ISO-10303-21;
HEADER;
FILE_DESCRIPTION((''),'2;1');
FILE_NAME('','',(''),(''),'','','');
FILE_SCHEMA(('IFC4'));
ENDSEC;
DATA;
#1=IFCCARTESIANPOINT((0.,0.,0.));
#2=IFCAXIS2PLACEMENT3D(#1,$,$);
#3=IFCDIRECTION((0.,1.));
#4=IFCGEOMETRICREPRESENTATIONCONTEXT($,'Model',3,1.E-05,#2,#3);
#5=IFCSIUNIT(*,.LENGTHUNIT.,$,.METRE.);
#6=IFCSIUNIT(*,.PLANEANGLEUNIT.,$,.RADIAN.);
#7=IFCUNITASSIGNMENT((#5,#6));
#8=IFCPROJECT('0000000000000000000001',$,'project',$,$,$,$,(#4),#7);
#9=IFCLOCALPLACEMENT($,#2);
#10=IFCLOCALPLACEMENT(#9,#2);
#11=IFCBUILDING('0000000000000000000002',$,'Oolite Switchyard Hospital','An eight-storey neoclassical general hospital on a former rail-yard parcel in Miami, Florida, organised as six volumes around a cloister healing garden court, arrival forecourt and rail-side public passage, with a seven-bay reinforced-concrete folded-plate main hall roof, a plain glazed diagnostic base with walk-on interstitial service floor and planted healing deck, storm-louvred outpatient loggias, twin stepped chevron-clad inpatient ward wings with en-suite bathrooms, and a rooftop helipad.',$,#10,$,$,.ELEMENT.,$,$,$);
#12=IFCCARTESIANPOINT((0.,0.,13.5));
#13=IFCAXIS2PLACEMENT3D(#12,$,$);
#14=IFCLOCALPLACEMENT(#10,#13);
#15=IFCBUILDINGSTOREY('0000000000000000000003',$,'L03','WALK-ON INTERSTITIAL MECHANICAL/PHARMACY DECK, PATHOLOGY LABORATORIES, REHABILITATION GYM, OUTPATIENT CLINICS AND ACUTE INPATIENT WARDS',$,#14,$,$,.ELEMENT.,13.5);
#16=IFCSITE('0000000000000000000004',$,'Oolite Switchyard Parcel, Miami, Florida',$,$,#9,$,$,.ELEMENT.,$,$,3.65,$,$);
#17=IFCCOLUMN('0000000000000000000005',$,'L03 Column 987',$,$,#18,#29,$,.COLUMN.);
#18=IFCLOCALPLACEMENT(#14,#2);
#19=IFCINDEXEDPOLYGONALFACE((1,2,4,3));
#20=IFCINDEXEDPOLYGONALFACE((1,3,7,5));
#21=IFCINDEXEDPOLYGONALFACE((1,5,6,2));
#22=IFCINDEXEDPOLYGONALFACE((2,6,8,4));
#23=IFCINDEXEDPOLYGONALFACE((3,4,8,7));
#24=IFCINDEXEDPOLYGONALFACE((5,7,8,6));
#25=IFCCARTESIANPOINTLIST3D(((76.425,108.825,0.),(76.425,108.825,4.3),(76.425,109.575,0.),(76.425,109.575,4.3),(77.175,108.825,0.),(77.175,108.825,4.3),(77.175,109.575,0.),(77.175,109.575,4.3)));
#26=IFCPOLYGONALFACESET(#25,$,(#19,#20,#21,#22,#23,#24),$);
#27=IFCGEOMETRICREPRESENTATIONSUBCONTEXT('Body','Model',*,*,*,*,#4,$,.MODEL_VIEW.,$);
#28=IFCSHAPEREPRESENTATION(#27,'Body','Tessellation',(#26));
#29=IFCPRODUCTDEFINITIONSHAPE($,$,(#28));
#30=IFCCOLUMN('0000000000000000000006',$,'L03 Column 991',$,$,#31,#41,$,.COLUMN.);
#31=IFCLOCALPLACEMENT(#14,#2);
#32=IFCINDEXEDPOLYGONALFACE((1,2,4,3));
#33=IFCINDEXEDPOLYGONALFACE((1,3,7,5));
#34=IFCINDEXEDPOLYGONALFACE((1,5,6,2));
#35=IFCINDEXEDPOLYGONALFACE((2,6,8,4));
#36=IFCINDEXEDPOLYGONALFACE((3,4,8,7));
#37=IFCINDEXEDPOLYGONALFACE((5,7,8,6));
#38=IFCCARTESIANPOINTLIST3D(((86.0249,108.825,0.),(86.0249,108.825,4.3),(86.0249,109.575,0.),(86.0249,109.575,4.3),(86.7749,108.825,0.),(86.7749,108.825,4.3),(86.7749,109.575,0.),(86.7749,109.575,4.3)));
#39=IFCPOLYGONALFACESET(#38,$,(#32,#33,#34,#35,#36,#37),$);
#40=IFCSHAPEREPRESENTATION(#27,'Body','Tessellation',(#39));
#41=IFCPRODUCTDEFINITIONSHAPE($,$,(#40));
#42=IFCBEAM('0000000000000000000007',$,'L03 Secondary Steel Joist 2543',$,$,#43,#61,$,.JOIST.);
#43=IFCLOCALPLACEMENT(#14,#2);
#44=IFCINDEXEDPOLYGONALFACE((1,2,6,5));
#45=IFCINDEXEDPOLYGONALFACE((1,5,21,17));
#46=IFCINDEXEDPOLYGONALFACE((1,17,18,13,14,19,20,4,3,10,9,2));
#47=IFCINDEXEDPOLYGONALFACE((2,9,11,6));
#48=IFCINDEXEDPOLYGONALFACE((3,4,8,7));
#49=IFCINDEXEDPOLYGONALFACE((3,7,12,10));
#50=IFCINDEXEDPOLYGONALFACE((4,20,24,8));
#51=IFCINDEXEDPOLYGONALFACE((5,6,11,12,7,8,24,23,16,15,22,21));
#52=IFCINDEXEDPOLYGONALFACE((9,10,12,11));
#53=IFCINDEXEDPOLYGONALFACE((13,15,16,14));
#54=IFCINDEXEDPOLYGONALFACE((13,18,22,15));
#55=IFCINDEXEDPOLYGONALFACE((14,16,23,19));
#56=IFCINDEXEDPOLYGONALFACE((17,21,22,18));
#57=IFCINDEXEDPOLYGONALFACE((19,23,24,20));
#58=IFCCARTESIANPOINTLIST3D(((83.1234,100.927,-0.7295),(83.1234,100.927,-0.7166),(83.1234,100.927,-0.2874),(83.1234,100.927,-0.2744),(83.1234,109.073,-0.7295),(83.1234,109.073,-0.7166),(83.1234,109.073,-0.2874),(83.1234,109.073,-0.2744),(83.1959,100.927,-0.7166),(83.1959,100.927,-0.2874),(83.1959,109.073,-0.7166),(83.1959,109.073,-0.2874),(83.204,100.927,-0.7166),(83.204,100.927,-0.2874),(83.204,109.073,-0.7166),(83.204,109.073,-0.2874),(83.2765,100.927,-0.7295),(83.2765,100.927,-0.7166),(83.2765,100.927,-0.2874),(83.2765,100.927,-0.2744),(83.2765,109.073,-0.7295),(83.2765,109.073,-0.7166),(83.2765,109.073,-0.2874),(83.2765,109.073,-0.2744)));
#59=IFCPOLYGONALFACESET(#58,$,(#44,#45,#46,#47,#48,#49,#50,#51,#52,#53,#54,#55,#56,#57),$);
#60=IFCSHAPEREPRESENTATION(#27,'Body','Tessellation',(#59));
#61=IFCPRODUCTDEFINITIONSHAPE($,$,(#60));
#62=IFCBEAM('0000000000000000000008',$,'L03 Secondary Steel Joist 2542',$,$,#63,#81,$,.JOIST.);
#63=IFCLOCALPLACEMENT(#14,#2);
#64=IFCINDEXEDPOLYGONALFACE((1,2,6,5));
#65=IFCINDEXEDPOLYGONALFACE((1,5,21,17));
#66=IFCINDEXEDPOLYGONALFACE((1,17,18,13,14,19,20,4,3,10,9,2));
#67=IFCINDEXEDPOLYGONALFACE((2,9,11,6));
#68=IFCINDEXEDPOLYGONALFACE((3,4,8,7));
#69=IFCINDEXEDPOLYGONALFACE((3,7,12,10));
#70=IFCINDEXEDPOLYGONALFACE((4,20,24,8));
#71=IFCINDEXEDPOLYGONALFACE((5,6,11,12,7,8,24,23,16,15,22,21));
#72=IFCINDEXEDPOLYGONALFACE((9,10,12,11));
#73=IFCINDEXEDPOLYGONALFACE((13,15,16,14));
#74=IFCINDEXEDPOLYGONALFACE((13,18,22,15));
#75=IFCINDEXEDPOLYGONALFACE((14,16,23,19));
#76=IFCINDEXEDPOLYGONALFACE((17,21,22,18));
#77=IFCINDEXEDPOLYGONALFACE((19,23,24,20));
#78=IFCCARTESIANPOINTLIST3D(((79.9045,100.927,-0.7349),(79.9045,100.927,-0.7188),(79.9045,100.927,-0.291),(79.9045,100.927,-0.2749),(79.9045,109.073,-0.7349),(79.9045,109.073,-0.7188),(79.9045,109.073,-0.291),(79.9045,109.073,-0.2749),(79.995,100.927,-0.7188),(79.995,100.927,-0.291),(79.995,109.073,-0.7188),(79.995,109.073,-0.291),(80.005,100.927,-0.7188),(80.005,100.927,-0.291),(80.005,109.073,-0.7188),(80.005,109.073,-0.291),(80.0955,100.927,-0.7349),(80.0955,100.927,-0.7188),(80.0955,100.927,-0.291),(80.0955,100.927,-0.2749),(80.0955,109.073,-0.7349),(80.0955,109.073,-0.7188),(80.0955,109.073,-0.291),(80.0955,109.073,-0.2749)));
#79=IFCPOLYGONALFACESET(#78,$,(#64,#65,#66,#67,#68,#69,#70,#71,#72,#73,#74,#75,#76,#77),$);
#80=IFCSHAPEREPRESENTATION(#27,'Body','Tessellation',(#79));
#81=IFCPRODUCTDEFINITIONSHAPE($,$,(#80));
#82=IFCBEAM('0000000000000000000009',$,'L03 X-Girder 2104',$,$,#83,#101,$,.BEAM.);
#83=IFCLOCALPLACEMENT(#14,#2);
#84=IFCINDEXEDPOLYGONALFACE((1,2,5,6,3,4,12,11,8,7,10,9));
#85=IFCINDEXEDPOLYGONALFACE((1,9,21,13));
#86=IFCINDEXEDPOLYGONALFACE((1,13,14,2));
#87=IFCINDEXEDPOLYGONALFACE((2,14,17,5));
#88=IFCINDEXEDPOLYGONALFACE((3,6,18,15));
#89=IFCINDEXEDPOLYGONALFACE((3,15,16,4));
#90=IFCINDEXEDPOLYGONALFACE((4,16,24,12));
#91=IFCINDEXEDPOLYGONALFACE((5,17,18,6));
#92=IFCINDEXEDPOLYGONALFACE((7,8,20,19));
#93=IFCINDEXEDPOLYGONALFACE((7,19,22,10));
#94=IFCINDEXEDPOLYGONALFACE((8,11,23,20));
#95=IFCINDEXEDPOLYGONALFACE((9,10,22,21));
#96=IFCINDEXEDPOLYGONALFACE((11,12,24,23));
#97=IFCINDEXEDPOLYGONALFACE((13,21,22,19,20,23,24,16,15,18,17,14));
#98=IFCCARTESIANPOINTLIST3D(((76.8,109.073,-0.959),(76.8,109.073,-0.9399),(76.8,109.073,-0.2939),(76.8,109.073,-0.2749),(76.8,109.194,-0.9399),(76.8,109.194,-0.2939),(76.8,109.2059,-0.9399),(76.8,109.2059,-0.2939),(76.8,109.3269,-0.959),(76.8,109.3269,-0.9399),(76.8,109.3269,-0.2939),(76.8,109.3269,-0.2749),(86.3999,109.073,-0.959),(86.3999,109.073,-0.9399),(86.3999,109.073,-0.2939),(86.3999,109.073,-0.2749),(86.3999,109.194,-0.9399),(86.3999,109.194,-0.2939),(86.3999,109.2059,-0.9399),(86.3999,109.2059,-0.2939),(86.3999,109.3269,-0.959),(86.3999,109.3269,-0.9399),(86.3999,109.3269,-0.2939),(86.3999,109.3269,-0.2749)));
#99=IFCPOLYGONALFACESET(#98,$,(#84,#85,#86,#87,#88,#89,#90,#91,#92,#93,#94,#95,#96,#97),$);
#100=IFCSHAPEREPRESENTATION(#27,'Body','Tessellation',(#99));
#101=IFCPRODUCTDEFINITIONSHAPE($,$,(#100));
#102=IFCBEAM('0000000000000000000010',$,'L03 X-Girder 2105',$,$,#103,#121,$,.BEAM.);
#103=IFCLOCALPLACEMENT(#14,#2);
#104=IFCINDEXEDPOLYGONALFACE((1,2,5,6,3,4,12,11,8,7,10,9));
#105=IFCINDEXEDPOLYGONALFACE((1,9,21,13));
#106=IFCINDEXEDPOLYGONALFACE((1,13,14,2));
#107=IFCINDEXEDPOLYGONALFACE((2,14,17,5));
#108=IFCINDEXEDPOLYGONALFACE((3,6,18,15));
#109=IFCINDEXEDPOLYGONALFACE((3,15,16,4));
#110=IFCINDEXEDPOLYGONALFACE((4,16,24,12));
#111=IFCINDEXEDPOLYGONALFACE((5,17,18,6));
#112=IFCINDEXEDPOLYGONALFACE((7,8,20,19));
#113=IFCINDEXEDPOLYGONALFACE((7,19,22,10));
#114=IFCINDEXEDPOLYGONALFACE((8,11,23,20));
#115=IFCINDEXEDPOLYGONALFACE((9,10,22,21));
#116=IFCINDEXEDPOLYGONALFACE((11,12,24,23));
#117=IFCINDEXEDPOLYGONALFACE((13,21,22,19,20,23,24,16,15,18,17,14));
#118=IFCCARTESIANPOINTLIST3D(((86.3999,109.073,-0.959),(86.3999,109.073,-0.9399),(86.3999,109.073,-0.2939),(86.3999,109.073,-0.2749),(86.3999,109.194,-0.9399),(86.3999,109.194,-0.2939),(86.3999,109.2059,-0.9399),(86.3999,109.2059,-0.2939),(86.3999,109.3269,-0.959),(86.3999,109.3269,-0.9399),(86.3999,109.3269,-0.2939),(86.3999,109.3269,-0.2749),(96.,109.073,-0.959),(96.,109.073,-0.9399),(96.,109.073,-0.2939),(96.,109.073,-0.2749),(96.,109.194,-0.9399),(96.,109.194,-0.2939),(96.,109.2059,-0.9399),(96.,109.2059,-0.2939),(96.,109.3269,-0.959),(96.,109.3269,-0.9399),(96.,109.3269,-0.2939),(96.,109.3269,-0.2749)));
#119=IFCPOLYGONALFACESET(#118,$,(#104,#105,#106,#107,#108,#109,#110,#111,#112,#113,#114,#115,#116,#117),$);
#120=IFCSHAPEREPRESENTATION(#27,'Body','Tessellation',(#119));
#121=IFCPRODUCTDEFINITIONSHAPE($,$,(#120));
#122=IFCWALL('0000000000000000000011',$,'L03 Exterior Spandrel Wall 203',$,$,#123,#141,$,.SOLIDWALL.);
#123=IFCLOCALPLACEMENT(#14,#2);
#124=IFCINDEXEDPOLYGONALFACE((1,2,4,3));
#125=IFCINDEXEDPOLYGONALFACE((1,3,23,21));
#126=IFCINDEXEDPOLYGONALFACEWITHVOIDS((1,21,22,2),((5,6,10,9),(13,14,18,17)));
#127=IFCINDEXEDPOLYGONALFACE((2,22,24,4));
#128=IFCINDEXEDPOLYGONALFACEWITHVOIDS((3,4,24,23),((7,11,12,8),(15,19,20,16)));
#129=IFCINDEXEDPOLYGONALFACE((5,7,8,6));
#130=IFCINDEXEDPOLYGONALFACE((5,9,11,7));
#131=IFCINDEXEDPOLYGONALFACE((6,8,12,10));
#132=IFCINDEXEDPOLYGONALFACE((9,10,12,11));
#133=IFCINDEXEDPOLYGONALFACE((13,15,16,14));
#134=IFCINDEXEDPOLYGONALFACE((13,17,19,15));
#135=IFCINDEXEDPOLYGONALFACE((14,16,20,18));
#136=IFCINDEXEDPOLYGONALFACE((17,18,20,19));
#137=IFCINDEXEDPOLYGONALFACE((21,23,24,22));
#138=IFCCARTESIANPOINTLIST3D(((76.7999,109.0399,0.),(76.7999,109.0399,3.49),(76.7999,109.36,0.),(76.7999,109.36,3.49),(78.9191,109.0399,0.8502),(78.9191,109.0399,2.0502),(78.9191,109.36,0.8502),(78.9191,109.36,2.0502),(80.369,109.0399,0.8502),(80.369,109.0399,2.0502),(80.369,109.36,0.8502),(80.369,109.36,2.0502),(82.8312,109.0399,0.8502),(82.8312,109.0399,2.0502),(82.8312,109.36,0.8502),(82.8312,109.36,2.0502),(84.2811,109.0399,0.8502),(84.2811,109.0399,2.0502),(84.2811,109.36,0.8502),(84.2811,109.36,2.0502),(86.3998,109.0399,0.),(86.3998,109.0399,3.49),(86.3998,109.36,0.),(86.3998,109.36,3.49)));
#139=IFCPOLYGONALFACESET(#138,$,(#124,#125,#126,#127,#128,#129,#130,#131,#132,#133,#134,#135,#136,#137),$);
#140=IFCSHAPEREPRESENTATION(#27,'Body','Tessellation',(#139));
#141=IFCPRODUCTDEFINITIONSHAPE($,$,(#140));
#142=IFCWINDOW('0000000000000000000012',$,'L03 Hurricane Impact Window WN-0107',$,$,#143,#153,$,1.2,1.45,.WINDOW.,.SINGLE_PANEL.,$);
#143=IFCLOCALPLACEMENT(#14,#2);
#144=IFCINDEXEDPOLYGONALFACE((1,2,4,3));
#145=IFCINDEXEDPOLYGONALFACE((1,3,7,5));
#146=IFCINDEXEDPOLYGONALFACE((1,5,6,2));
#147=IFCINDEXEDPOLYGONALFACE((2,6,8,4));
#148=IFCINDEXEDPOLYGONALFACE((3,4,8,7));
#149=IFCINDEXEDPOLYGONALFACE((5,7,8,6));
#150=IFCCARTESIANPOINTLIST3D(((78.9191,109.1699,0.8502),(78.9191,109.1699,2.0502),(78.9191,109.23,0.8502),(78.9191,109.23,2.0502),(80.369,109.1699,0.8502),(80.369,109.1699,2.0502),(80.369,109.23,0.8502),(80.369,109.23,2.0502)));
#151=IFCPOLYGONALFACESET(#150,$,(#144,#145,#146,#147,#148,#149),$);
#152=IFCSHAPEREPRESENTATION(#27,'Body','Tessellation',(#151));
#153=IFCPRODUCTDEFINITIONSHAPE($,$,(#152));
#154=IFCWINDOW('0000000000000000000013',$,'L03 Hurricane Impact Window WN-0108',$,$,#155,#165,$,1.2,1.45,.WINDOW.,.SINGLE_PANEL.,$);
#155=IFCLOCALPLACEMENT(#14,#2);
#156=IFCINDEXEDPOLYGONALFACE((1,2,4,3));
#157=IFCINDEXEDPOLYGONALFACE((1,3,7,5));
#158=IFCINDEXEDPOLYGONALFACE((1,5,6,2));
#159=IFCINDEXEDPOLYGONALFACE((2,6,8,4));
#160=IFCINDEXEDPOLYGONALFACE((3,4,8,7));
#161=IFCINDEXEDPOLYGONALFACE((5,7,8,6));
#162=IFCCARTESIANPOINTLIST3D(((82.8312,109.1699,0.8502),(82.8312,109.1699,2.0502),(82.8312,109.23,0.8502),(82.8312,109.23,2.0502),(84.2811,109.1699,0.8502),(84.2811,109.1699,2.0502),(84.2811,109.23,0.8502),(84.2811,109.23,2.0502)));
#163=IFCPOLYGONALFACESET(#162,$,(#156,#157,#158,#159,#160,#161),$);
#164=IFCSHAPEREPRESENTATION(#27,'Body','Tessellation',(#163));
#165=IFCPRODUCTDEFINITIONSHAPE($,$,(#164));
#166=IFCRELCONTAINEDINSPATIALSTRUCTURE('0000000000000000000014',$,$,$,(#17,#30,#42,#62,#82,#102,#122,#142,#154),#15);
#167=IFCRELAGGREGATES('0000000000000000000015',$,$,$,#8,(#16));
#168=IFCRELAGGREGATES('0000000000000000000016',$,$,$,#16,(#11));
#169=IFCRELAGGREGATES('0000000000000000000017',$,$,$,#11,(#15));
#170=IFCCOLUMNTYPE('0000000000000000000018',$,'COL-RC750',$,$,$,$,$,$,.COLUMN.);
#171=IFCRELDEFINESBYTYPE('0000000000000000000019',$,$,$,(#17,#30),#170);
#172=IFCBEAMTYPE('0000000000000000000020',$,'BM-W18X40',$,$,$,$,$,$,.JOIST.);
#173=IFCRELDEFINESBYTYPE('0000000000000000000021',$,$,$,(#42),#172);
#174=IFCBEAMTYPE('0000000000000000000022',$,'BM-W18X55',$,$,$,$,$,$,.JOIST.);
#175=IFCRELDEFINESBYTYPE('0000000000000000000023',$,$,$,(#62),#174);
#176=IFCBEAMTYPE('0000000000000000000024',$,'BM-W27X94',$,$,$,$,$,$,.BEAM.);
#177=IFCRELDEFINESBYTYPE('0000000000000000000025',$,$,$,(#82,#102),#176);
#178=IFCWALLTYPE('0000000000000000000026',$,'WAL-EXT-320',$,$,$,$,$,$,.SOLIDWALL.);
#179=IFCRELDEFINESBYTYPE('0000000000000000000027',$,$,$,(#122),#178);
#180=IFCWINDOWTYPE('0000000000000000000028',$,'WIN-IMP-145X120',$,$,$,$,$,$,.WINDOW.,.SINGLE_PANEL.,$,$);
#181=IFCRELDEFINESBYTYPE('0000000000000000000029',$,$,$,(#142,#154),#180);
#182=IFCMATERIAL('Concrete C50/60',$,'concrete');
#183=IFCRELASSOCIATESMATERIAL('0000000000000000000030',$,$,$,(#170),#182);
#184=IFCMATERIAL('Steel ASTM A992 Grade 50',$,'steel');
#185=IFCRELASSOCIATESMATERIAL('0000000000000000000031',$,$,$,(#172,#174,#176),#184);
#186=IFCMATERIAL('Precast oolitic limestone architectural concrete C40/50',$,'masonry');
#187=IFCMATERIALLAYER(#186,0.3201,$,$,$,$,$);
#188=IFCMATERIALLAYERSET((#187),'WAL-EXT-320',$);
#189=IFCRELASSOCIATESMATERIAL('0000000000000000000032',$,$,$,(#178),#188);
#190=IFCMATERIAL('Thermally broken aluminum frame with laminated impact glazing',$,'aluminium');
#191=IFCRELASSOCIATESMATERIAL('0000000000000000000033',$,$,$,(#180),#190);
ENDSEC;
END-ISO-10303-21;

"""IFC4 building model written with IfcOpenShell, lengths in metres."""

from ifc_helpers import new_model, si_unit, direction, frame, frame_2d, origin, origin_2d, place, context, subcontext, project, spatial, rectangle, i_section, extrude, material, layer, layer_set, material_profile, profile_set, type_object, element, fill, save


model = new_model("IFC4")

# Units and contexts
model_context = context("Model", 3, precision=1e-05, world=origin(), true_north=direction((0.0, 1.0)))
body_context = subcontext(model_context, "Body", "Model", "MODEL_VIEW")
ifc_project = project(units=[si_unit("LENGTHUNIT", "METRE"), si_unit("PLANEANGLEUNIT", "RADIAN")], contexts=[model_context])

# Site, building, storey
site_placement = place(None, origin())
site = spatial("IfcSite", under=ifc_project, at=site_placement, Name="Oolite Switchyard Parcel, Miami, Florida", CompositionType="ELEMENT", RefElevation=3.65)
building_placement = place(site_placement, origin())
building = spatial("IfcBuilding", under=site, at=building_placement, Name="Oolite Switchyard Hospital", Description="An eight-storey neoclassical general hospital on a former rail-yard parcel in Miami, Florida, organised as six volumes around a cloister healing garden court, arrival forecourt and rail-side public passage, with a seven-bay reinforced-concrete folded-plate main hall roof, a plain glazed diagnostic base with walk-on interstitial service floor and planted healing deck, storm-louvred outpatient loggias, twin stepped chevron-clad inpatient ward wings with en-suite bathrooms, and a rooftop helipad.", CompositionType="ELEMENT")
storey_placement = place(building_placement, frame((0.0, 0.0, 13.5)))
storey = spatial("IfcBuildingStorey", under=building, at=storey_placement, Name="L03", Description="WALK-ON INTERSTITIAL MECHANICAL/PHARMACY DECK, PATHOLOGY LABORATORIES, REHABILITATION GYM, OUTPATIENT CLINICS AND ACUTE INPATIENT WARDS", CompositionType="ELEMENT", Elevation=13.5)

# Columns
ifc_material_1 = material(Name="Concrete C50/60", Category="concrete")
ifc_material_profile_1 = material_profile(ifc_material_1, rectangle(XDim=0.75, YDim=0.75, at=origin_2d()), Name="RC750X750")
ifc_profile_set_1 = profile_set([ifc_material_profile_1], Name="Concrete C50/60")
column_type = type_object("IfcColumnType", Name="COL-RC750", PredefinedType="COLUMN", material=ifc_profile_set_1)
for number, where, z_axis, x_axis, name in (
    (1, (76.8, 109.2, 0.0), (0.0, 0.0, 1.0), (1.0, 0.0, 0.0), "L03 Column 987"),
    (2, (86.3999, 109.2, 0.0), (0.0, 0.0, 1.0), (1.0, 0.0, 0.0), "L03 Column 991"),
):
    element("IfcColumn", number, at=place(storey_placement, frame(where, z_axis=z_axis, x_axis=x_axis)), inside=storey, type_object=column_type, Name=name, PredefinedType="COLUMN", context=body_context, shape_type="SweptSolid", body=[
        extrude(rectangle(XDim=0.75, YDim=0.75, at=origin_2d()), origin(), (0.0, 0.0, 1.0), 4.3),
    ])

# Beams
ifc_material_2 = material(Name="Steel ASTM A992 Grade 50", Category="steel")
ifc_material_profile_2 = material_profile(ifc_material_2, i_section(OverallWidth=0.1531, OverallDepth=0.4551, WebThickness=0.0081, FlangeThickness=0.0129, at=origin_2d()), Name="W18X40")
ifc_profile_set_2 = profile_set([ifc_material_profile_2], Name="Steel ASTM A992 Grade 50")
beam_type_1 = type_object("IfcBeamType", Name="BM-W18X40", PredefinedType="JOIST", material=ifc_profile_set_2)
beam_1_placement = place(storey_placement, frame((83.2, 100.927, -0.502), z_axis=(0.0, 1.0, 0.0), x_axis=(-1.0, 0.0, 0.0)))
element("IfcBeam", 3, at=beam_1_placement, inside=storey, type_object=beam_type_1, Name="L03 Secondary Steel Joist 2543", PredefinedType="JOIST", context=body_context, shape_type="SweptSolid", body=[
    extrude(i_section(OverallWidth=0.1531, OverallDepth=0.4551, WebThickness=0.0081, FlangeThickness=0.0129, at=origin_2d()), origin(), (0.0, 0.0, 1.0), 8.146),
])
ifc_material_profile_3 = material_profile(ifc_material_2, i_section(OverallWidth=0.1909, OverallDepth=0.46, WebThickness=0.01, FlangeThickness=0.0161, at=origin_2d()), Name="W18X55")
ifc_profile_set_3 = profile_set([ifc_material_profile_3], Name="Steel ASTM A992 Grade 50")
beam_type_2 = type_object("IfcBeamType", Name="BM-W18X55", PredefinedType="JOIST", material=ifc_profile_set_3)
beam_2_placement = place(storey_placement, frame((80.0, 100.927, -0.5049), z_axis=(0.0, 1.0, 0.0), x_axis=(-1.0, 0.0, 0.0)))
element("IfcBeam", 4, at=beam_2_placement, inside=storey, type_object=beam_type_2, Name="L03 Secondary Steel Joist 2542", PredefinedType="JOIST", context=body_context, shape_type="SweptSolid", body=[
    extrude(i_section(OverallWidth=0.1909, OverallDepth=0.46, WebThickness=0.01, FlangeThickness=0.0161, at=origin_2d()), origin(), (0.0, 0.0, 1.0), 8.146),
])
ifc_material_profile_4 = material_profile(ifc_material_2, i_section(OverallWidth=0.2539, OverallDepth=0.6841, WebThickness=0.012, FlangeThickness=0.019, at=origin_2d()), Name="W27X94")
ifc_profile_set_4 = profile_set([ifc_material_profile_4], Name="Steel ASTM A992 Grade 50")
beam_type_3 = type_object("IfcBeamType", Name="BM-W27X94", PredefinedType="BEAM", material=ifc_profile_set_4)
beam_3_placement = place(storey_placement, frame((76.8, 109.2, -0.6169), z_axis=(1.0, 0.0, 0.0), x_axis=(0.0, 1.0, 0.0)))
element("IfcBeam", 5, at=beam_3_placement, inside=storey, type_object=beam_type_3, Name="L03 X-Girder 2104", PredefinedType="BEAM", context=body_context, shape_type="SweptSolid", body=[
    extrude(i_section(OverallWidth=0.2539, OverallDepth=0.6841, WebThickness=0.012, FlangeThickness=0.019, at=origin_2d()), origin(), (0.0, 0.0, 1.0), 9.5999),
])
beam_4_placement = place(storey_placement, frame((86.3999, 109.2, -0.6169), z_axis=(1.0, 0.0, 0.0), x_axis=(0.0, 1.0, 0.0)))
element("IfcBeam", 6, at=beam_4_placement, inside=storey, type_object=beam_type_3, Name="L03 X-Girder 2105", PredefinedType="BEAM", context=body_context, shape_type="SweptSolid", body=[
    extrude(i_section(OverallWidth=0.2539, OverallDepth=0.6841, WebThickness=0.012, FlangeThickness=0.019, at=origin_2d()), origin(), (0.0, 0.0, 1.0), 9.6001),
])

# Wall, openings, windows
ifc_material_3 = material(Name="Precast oolitic limestone architectural concrete C40/50", Category="masonry")
ifc_layer_1 = layer(ifc_material_3, 0.3201)
ifc_layer_set_1 = layer_set([ifc_layer_1], Name="WAL-EXT-320")
wall_type_1 = type_object("IfcWallType", Name="WAL-EXT-320", PredefinedType="SOLIDWALL", material=ifc_layer_set_1)
wall_1_placement = place(storey_placement, frame((76.8, 109.2, 0.0), z_axis=(0.0, 0.0, 1.0), x_axis=(1.0, 0.0, 0.0)))
wall_1 = element("IfcWall", 7, at=wall_1_placement, inside=storey, type_object=wall_type_1, Name="L03 Exterior Spandrel Wall 203", PredefinedType="SOLIDWALL", context=body_context, shape_type="SweptSolid", body=[
    extrude(rectangle(XDim=9.5999, YDim=0.3201, at=frame_2d((4.7998, 0.0))), origin(), (0.0, 0.0, 1.0), 3.49),
])
opening_1_placement = place(wall_1_placement, frame((2.1189, 0.0, 0.8501)))
opening_1 = element("IfcOpeningElement", 8, at=opening_1_placement, cuts=wall_1, PredefinedType="OPENING", context=body_context, shape_type="SweptSolid", body=[
    extrude(rectangle(XDim=1.45, YDim=1.2, at=frame_2d((0.7251, 0.6001))), frame((0.0, 0.1699, 0.0), z_axis=(0.0, -1.0, 0.0), x_axis=(1.0, 0.0, 0.0)), (0.0, 0.0, 1.0), 0.3401),
])
opening_2_placement = place(wall_1_placement, frame((6.031, 0.0, 0.8501)))
opening_2 = element("IfcOpeningElement", 9, at=opening_2_placement, cuts=wall_1, PredefinedType="OPENING", context=body_context, shape_type="SweptSolid", body=[
    extrude(rectangle(XDim=1.45, YDim=1.2, at=frame_2d((0.7251, 0.6001))), frame((0.0, 0.1699, 0.0), z_axis=(0.0, -1.0, 0.0), x_axis=(1.0, 0.0, 0.0)), (0.0, 0.0, 1.0), 0.3401),
])
ifc_material_4 = material(Name="Thermally broken aluminum frame with laminated impact glazing", Category="aluminium")
window_type_1 = type_object("IfcWindowType", Name="WIN-IMP-145X120", PartitioningType="SINGLE_PANEL", PredefinedType="WINDOW", material=ifc_material_4)
window_1_placement = place(opening_1_placement, origin())
window_1 = element("IfcWindow", 10, at=window_1_placement, inside=storey, type_object=window_type_1, Name="L03 Hurricane Impact Window WN-0107", OverallHeight=1.2, OverallWidth=1.45, PartitioningType="SINGLE_PANEL", PredefinedType="WINDOW", context=body_context, shape_type="SweptSolid", body=[
    extrude(rectangle(XDim=1.45, YDim=1.2, at=frame_2d((0.7251, 0.6001))), frame((0.0, 0.03, 0.0), z_axis=(0.0, -1.0, 0.0), x_axis=(1.0, 0.0, 0.0)), (0.0, 0.0, 1.0), 0.0601),
])
fill(opening_1, window_1)
window_2_placement = place(opening_2_placement, origin())
window_2 = element("IfcWindow", 11, at=window_2_placement, inside=storey, type_object=window_type_1, Name="L03 Hurricane Impact Window WN-0108", OverallHeight=1.2, OverallWidth=1.45, PartitioningType="SINGLE_PANEL", PredefinedType="WINDOW", context=body_context, shape_type="SweptSolid", body=[
    extrude(rectangle(XDim=1.45, YDim=1.2, at=frame_2d((0.7251, 0.6001))), frame((0.0, 0.03, 0.0), z_axis=(0.0, -1.0, 0.0), x_axis=(1.0, 0.0, 0.0)), (0.0, 0.0, 1.0), 0.0601),
])
fill(opening_2, window_2)

save(model, "model.ifc")
